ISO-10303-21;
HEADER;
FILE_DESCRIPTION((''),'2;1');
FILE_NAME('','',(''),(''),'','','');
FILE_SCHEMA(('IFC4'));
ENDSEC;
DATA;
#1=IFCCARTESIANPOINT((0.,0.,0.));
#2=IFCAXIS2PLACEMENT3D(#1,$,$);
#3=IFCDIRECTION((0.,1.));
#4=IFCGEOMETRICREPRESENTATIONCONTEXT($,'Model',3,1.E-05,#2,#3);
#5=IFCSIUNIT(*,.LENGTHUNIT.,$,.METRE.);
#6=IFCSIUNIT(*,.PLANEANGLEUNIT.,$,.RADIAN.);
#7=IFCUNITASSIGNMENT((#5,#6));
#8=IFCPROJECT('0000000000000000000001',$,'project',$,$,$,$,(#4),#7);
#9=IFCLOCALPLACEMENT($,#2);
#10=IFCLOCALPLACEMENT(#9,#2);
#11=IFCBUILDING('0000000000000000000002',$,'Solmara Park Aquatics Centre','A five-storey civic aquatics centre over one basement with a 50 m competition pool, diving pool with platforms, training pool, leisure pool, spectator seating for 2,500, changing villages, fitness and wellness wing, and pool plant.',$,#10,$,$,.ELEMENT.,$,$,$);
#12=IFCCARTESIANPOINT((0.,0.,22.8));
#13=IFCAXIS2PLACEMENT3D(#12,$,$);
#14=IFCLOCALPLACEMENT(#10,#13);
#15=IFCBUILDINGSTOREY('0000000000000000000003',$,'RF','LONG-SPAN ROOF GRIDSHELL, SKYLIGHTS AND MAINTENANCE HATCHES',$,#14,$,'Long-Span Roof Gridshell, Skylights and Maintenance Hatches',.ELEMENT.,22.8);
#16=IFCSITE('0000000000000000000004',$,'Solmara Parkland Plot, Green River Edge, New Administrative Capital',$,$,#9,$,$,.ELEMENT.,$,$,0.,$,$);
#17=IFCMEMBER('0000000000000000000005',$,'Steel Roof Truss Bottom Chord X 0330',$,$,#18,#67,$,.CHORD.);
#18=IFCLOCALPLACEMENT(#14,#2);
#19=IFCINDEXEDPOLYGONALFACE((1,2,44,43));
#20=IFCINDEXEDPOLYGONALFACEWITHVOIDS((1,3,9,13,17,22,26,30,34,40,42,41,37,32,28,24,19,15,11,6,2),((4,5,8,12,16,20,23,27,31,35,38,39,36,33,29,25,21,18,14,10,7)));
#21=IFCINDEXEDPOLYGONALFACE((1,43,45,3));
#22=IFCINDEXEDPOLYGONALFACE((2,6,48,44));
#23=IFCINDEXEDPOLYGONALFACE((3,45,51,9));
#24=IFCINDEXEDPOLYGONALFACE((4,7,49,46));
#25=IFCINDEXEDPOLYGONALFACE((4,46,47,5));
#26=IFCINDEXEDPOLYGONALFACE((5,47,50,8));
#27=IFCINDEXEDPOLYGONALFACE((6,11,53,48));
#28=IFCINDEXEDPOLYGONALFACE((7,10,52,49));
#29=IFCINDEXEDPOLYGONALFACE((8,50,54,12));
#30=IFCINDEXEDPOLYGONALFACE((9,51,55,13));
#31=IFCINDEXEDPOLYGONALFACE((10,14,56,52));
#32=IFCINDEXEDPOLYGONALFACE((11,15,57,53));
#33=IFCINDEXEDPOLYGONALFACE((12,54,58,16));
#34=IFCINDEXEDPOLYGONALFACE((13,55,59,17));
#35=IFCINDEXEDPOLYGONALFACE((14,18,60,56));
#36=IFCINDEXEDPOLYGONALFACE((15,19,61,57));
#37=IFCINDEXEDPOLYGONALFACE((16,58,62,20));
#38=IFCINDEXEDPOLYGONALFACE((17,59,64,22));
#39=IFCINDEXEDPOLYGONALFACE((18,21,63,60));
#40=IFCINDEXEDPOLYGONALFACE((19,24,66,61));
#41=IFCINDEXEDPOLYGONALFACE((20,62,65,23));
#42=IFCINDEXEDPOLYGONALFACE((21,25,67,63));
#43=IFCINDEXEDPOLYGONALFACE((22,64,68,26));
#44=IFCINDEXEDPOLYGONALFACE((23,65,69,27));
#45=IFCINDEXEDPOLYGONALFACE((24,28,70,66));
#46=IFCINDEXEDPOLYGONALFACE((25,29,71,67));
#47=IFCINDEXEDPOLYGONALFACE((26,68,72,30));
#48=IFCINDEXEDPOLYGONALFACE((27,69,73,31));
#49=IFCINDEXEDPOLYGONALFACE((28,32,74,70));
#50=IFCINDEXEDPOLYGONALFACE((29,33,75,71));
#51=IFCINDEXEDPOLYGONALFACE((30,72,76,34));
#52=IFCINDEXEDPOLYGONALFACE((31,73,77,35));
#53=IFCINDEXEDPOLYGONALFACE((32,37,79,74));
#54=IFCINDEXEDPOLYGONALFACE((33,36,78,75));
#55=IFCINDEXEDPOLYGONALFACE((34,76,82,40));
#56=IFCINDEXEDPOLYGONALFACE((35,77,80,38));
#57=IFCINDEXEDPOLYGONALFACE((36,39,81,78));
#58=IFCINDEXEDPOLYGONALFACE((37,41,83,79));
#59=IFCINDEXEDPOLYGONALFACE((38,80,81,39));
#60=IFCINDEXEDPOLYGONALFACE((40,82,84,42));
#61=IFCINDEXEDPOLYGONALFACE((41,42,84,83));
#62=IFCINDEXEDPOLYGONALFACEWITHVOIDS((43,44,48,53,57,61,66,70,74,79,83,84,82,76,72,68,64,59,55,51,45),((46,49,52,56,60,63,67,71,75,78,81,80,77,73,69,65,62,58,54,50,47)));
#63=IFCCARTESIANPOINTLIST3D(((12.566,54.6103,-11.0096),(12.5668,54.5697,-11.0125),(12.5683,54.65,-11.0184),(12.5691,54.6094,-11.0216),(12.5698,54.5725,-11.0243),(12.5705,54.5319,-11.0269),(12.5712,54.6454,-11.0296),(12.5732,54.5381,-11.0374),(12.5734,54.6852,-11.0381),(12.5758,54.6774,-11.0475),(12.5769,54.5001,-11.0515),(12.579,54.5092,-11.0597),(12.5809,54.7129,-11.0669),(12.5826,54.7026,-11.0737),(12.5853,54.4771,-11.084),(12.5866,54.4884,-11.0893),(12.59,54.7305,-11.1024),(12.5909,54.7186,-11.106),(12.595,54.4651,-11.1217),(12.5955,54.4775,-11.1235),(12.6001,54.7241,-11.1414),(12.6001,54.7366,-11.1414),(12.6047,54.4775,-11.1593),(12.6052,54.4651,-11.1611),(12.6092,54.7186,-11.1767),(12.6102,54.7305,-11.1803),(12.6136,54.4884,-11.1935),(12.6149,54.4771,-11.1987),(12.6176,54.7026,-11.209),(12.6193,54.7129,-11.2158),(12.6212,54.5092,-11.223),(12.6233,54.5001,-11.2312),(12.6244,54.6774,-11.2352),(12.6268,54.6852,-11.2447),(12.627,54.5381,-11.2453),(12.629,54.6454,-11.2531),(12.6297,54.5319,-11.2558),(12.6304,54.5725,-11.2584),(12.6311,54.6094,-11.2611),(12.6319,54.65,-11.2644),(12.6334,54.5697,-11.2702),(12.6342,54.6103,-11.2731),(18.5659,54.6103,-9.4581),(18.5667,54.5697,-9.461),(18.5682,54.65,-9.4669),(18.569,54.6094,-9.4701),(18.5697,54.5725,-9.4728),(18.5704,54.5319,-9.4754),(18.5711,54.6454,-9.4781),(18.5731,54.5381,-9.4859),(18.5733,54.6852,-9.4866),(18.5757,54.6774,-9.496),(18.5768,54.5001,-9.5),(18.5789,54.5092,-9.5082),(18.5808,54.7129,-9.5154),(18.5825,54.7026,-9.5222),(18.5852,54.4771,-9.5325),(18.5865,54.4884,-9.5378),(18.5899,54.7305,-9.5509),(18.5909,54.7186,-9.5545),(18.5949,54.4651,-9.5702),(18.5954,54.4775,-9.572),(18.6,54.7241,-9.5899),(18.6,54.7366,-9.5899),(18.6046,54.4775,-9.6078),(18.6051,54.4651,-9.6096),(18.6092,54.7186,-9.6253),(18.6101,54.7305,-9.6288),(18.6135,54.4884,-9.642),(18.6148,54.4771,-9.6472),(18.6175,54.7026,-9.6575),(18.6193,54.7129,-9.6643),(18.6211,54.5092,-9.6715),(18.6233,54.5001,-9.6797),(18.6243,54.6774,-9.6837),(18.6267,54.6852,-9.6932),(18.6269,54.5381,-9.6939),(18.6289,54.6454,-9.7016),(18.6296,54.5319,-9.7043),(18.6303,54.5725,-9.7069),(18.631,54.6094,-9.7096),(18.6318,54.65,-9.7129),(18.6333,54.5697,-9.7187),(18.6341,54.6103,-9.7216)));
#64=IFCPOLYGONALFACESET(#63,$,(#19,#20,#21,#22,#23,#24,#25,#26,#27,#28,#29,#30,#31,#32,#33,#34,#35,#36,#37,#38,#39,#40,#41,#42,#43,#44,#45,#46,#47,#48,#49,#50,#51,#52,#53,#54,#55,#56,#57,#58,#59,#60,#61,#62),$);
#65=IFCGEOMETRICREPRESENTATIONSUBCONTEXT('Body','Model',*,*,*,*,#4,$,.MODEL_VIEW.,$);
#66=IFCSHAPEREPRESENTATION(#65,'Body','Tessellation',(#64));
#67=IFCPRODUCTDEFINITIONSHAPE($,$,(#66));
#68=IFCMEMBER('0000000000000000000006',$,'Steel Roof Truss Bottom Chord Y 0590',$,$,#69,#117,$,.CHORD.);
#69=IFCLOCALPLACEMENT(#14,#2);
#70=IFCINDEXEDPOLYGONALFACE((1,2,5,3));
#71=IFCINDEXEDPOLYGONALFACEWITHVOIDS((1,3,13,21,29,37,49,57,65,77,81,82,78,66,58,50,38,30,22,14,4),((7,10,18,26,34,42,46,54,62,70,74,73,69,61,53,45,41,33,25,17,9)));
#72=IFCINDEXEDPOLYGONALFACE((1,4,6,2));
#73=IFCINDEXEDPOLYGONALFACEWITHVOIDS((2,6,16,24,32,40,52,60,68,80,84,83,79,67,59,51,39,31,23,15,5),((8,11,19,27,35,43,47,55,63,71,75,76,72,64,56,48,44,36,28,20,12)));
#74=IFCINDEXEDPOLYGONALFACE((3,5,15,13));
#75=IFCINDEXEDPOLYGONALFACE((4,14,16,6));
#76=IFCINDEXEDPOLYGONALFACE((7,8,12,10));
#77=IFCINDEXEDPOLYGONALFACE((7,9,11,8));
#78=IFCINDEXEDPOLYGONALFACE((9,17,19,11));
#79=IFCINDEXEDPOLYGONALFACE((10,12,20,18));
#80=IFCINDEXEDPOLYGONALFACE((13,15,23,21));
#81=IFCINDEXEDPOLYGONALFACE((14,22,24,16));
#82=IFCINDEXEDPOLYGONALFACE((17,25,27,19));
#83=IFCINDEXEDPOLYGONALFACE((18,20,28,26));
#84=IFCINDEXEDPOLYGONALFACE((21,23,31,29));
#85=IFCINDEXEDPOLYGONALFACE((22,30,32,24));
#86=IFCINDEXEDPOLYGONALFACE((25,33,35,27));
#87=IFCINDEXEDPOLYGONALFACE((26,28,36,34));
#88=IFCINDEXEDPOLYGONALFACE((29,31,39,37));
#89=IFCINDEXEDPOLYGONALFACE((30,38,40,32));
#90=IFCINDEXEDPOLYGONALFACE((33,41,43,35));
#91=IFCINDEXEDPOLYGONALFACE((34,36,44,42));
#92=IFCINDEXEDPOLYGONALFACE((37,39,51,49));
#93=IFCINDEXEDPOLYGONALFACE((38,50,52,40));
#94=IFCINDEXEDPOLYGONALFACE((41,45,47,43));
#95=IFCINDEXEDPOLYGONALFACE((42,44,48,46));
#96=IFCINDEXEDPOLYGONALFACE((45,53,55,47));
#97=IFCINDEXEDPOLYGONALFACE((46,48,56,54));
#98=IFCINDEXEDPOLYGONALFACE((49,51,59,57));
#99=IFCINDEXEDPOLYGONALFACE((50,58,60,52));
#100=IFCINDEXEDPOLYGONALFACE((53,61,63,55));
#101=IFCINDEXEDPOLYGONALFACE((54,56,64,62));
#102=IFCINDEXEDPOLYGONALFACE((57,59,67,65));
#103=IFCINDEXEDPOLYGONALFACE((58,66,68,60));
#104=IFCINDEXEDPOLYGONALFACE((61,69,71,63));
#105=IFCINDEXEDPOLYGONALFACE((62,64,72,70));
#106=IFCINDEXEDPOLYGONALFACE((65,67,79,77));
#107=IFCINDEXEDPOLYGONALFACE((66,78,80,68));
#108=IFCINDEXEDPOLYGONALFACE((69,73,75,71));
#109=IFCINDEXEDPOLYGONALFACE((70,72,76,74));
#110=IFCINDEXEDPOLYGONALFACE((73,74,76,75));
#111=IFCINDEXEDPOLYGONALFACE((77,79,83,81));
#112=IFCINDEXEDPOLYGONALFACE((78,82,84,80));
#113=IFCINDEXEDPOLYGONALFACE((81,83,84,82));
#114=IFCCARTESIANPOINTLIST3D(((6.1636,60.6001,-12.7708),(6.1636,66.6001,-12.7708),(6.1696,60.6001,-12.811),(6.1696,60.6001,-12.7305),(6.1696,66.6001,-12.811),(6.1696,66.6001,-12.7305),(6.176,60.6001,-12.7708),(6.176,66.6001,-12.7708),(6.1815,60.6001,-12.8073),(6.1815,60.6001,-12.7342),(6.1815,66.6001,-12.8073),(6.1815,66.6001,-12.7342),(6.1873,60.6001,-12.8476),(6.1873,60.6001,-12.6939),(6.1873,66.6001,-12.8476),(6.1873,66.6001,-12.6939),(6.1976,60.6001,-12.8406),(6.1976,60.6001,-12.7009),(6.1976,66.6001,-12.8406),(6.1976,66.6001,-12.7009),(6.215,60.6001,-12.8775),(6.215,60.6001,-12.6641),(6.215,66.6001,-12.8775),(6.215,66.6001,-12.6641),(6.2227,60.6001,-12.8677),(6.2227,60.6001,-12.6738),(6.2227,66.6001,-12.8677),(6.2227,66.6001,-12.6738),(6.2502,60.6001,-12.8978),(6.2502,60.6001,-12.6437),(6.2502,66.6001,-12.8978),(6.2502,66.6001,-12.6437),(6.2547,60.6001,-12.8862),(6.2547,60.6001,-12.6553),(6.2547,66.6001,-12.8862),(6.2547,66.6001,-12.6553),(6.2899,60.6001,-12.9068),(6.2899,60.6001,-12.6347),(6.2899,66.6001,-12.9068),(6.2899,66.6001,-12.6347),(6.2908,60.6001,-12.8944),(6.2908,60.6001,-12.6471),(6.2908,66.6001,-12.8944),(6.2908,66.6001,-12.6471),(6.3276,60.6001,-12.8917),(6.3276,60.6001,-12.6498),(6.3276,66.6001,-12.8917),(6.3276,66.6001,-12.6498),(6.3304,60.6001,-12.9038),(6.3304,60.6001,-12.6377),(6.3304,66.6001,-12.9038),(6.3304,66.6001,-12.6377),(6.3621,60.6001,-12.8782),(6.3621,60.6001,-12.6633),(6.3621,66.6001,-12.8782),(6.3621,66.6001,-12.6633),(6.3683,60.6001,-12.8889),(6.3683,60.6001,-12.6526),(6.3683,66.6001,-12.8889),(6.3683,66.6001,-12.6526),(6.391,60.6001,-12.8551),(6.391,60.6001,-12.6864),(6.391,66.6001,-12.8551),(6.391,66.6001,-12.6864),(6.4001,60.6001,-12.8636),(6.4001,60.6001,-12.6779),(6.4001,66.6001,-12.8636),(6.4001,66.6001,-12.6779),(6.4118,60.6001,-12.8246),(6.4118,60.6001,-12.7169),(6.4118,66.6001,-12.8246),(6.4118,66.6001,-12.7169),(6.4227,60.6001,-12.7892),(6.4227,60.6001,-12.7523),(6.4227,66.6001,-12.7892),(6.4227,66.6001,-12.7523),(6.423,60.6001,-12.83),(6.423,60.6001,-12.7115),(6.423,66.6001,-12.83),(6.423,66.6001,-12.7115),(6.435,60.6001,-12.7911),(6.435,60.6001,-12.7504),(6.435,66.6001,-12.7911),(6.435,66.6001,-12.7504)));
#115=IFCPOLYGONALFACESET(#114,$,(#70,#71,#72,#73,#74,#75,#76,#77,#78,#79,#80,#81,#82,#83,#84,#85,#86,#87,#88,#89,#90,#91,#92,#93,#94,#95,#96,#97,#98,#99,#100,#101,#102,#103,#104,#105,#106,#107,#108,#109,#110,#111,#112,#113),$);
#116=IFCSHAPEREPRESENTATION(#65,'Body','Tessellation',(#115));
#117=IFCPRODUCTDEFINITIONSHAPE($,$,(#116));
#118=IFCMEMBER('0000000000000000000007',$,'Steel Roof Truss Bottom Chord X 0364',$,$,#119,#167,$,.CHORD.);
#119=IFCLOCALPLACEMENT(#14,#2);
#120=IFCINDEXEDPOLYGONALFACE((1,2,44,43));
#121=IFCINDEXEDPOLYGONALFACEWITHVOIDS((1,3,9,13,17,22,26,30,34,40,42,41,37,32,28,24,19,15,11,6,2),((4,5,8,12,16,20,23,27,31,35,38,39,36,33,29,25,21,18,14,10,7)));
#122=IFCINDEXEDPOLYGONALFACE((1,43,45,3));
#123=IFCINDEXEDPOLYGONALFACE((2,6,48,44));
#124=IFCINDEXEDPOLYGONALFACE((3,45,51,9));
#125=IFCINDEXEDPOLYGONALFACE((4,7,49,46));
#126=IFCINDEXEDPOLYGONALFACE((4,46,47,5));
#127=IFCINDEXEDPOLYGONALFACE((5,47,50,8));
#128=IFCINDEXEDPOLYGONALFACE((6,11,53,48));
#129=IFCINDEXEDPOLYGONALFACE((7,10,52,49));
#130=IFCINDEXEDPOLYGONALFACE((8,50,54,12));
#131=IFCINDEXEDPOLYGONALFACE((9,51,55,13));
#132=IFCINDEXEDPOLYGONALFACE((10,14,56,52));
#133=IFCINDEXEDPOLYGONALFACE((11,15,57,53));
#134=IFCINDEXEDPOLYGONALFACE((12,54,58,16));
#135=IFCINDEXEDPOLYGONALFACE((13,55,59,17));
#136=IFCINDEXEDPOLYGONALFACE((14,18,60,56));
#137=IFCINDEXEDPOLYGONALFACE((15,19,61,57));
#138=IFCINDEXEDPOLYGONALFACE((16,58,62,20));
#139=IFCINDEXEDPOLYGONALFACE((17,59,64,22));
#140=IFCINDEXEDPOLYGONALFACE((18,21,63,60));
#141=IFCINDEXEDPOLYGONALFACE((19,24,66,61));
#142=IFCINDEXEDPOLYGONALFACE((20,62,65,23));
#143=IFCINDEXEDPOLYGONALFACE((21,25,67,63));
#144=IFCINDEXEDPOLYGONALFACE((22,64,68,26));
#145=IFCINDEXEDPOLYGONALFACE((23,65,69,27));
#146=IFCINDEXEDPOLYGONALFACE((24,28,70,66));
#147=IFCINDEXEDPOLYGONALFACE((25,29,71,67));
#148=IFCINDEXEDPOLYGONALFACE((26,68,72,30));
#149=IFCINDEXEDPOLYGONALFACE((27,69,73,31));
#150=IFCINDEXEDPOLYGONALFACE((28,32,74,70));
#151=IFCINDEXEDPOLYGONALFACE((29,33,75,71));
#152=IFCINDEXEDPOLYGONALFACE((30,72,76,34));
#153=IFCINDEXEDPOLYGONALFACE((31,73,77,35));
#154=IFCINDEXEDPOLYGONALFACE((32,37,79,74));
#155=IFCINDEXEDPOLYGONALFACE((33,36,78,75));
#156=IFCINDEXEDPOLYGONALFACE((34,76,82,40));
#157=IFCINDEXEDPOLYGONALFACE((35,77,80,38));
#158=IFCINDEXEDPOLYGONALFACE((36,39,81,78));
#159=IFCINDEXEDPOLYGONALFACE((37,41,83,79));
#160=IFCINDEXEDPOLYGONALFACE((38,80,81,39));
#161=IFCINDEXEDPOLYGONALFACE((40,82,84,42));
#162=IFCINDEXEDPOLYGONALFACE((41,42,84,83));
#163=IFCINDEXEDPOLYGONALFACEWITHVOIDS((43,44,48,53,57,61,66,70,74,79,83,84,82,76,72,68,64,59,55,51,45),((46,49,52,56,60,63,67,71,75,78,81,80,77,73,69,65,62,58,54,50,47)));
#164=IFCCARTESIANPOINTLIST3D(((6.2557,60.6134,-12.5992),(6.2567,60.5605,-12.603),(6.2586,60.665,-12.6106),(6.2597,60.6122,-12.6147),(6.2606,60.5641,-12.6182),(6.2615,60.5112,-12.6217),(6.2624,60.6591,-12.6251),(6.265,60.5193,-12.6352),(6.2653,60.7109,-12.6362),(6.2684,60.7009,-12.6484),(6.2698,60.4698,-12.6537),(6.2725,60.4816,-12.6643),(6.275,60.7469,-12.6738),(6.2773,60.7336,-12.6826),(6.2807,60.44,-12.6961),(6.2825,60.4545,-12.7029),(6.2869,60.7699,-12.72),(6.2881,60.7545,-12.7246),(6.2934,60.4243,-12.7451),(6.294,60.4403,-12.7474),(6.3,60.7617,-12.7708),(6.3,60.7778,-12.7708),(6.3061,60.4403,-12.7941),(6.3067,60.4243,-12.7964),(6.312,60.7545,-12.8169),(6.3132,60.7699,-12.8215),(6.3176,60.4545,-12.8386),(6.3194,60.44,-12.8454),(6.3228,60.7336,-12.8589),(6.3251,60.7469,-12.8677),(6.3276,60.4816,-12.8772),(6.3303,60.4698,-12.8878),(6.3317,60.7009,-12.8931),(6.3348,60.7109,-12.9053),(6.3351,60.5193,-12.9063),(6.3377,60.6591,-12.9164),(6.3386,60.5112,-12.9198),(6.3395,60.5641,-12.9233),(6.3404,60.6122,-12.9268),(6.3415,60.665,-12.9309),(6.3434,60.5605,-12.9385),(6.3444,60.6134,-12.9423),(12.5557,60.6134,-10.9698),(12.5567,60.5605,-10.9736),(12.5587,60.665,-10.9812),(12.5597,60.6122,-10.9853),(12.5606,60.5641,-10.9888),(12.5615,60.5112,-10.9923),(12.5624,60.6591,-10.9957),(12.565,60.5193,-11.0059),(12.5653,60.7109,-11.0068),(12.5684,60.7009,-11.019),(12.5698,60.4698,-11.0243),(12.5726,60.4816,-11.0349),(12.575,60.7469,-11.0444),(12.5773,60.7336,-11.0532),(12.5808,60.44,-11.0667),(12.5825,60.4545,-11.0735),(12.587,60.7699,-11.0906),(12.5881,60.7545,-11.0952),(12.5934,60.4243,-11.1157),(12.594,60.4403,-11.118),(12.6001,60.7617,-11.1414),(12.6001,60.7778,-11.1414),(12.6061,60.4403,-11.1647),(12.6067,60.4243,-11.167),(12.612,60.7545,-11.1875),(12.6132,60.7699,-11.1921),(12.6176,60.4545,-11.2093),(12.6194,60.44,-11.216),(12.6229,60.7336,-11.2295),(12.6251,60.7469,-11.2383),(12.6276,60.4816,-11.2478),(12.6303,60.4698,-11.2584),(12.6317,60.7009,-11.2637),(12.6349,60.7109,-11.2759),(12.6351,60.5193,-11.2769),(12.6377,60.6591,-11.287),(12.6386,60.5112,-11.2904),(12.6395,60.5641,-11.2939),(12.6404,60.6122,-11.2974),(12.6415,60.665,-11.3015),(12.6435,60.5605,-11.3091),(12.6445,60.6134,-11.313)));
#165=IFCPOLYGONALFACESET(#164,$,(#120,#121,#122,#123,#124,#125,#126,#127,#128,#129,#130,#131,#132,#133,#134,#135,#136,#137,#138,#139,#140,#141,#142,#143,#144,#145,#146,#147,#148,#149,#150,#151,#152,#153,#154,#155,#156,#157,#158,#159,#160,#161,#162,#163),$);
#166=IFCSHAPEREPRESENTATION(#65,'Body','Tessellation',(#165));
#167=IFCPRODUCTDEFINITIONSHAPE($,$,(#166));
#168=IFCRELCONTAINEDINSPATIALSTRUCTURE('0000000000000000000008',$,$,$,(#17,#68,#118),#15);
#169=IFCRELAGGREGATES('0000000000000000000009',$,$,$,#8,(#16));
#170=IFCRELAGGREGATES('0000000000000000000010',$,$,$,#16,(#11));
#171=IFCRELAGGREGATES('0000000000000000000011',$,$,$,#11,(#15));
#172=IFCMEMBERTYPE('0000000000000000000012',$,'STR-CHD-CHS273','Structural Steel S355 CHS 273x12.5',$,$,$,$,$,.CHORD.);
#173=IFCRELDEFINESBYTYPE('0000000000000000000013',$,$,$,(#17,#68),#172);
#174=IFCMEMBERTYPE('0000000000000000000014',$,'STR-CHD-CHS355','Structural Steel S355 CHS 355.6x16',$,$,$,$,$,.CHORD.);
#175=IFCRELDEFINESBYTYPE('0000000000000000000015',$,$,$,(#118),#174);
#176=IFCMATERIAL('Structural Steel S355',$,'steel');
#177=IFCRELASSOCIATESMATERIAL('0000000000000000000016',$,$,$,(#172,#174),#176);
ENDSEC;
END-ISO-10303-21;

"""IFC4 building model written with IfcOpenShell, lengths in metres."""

from ifc_helpers import new_model, si_unit, direction, frame, origin, origin_2d, place, context, subcontext, project, spatial, hollow_circle, extrude, material, material_profile, profile_set, type_object, element, save


model = new_model("IFC4")

# Units and contexts
model_context = context("Model", 3, precision=1e-05, world=origin(), true_north=direction((0.0, 1.0)))
body_context = subcontext(model_context, "Body", "Model", "MODEL_VIEW")
ifc_project = project(units=[si_unit("LENGTHUNIT", "METRE"), si_unit("PLANEANGLEUNIT", "RADIAN")], contexts=[model_context])

# Site, building, storey
site_placement = place(None, origin())
site = spatial("IfcSite", under=ifc_project, at=site_placement, Name="Solmara Parkland Plot, Green River Edge, New Administrative Capital", CompositionType="ELEMENT", RefElevation=0.0)
building_placement = place(site_placement, origin())
building = spatial("IfcBuilding", under=site, at=building_placement, Name="Solmara Park Aquatics Centre", Description="A five-storey civic aquatics centre over one basement with a 50 m competition pool, diving pool with platforms, training pool, leisure pool, spectator seating for 2,500, changing villages, fitness and wellness wing, and pool plant.", CompositionType="ELEMENT")
storey_placement = place(building_placement, frame((0.0, 0.0, 22.8)))
storey = spatial("IfcBuildingStorey", under=building, at=storey_placement, Name="RF", Description="LONG-SPAN ROOF GRIDSHELL, SKYLIGHTS AND MAINTENANCE HATCHES", LongName="Long-Span Roof Gridshell, Skylights and Maintenance Hatches", CompositionType="ELEMENT", Elevation=22.8)

# Members
ifc_material_1 = material(Name="Structural Steel S355", Category="steel")
ifc_material_profile_1 = material_profile(ifc_material_1, hollow_circle(Radius=0.1365, WallThickness=0.0125, at=origin_2d()), Name="CHS 273x12.5")
ifc_profile_set_1 = profile_set([ifc_material_profile_1], Name="Structural Steel S355")
member_type_1 = type_object("IfcMemberType", Name="STR-CHD-CHS273", Description="Structural Steel S355 CHS 273x12.5", PredefinedType="CHORD", material=ifc_profile_set_1)
member_1_placement = place(storey_placement, frame((12.6001, 54.6001, -11.1414), z_axis=(0.968155, 0.0, 0.250351), x_axis=(0.0, 1.0, 0.0)))
element("IfcMember", 1, at=member_1_placement, inside=storey, type_object=member_type_1, Name="Steel Roof Truss Bottom Chord X 0330", PredefinedType="CHORD", context=body_context, shape_type="SweptSolid", body=[
    extrude(hollow_circle(Radius=0.1365, WallThickness=0.0125, at=origin_2d()), origin(), (0.0, 0.0, 1.0), 6.1973),
])
member_2_placement = place(storey_placement, frame((6.3, 60.6001, -12.7708), z_axis=(0.0, 1.0, 0.0), x_axis=(-1.0, 0.0, 0.0)))
element("IfcMember", 2, at=member_2_placement, inside=storey, type_object=member_type_1, Name="Steel Roof Truss Bottom Chord Y 0590", PredefinedType="CHORD", context=body_context, shape_type="SweptSolid", body=[
    extrude(hollow_circle(Radius=0.1365, WallThickness=0.0125, at=origin_2d()), origin(), (0.0, 0.0, 1.0), 6.0),
])
ifc_material_profile_2 = material_profile(ifc_material_1, hollow_circle(Radius=0.1777, WallThickness=0.0161, at=origin_2d()), Name="CHS 355.6x16")
ifc_profile_set_2 = profile_set([ifc_material_profile_2], Name="Structural Steel S355")
member_type_2 = type_object("IfcMemberType", Name="STR-CHD-CHS355", Description="Structural Steel S355 CHS 355.6x16", PredefinedType="CHORD", material=ifc_profile_set_2)
member_3_placement = place(storey_placement, frame((6.3, 60.6001, -12.7708), z_axis=(0.968144, 0.0, 0.250393), x_axis=(0.0, 1.0, 0.0)))
element("IfcMember", 3, at=member_3_placement, inside=storey, type_object=member_type_2, Name="Steel Roof Truss Bottom Chord X 0364", PredefinedType="CHORD", context=body_context, shape_type="SweptSolid", body=[
    extrude(hollow_circle(Radius=0.1777, WallThickness=0.0161, at=origin_2d()), origin(), (0.0, 0.0, 1.0), 6.5073),
])

save(model, "model.ifc")
